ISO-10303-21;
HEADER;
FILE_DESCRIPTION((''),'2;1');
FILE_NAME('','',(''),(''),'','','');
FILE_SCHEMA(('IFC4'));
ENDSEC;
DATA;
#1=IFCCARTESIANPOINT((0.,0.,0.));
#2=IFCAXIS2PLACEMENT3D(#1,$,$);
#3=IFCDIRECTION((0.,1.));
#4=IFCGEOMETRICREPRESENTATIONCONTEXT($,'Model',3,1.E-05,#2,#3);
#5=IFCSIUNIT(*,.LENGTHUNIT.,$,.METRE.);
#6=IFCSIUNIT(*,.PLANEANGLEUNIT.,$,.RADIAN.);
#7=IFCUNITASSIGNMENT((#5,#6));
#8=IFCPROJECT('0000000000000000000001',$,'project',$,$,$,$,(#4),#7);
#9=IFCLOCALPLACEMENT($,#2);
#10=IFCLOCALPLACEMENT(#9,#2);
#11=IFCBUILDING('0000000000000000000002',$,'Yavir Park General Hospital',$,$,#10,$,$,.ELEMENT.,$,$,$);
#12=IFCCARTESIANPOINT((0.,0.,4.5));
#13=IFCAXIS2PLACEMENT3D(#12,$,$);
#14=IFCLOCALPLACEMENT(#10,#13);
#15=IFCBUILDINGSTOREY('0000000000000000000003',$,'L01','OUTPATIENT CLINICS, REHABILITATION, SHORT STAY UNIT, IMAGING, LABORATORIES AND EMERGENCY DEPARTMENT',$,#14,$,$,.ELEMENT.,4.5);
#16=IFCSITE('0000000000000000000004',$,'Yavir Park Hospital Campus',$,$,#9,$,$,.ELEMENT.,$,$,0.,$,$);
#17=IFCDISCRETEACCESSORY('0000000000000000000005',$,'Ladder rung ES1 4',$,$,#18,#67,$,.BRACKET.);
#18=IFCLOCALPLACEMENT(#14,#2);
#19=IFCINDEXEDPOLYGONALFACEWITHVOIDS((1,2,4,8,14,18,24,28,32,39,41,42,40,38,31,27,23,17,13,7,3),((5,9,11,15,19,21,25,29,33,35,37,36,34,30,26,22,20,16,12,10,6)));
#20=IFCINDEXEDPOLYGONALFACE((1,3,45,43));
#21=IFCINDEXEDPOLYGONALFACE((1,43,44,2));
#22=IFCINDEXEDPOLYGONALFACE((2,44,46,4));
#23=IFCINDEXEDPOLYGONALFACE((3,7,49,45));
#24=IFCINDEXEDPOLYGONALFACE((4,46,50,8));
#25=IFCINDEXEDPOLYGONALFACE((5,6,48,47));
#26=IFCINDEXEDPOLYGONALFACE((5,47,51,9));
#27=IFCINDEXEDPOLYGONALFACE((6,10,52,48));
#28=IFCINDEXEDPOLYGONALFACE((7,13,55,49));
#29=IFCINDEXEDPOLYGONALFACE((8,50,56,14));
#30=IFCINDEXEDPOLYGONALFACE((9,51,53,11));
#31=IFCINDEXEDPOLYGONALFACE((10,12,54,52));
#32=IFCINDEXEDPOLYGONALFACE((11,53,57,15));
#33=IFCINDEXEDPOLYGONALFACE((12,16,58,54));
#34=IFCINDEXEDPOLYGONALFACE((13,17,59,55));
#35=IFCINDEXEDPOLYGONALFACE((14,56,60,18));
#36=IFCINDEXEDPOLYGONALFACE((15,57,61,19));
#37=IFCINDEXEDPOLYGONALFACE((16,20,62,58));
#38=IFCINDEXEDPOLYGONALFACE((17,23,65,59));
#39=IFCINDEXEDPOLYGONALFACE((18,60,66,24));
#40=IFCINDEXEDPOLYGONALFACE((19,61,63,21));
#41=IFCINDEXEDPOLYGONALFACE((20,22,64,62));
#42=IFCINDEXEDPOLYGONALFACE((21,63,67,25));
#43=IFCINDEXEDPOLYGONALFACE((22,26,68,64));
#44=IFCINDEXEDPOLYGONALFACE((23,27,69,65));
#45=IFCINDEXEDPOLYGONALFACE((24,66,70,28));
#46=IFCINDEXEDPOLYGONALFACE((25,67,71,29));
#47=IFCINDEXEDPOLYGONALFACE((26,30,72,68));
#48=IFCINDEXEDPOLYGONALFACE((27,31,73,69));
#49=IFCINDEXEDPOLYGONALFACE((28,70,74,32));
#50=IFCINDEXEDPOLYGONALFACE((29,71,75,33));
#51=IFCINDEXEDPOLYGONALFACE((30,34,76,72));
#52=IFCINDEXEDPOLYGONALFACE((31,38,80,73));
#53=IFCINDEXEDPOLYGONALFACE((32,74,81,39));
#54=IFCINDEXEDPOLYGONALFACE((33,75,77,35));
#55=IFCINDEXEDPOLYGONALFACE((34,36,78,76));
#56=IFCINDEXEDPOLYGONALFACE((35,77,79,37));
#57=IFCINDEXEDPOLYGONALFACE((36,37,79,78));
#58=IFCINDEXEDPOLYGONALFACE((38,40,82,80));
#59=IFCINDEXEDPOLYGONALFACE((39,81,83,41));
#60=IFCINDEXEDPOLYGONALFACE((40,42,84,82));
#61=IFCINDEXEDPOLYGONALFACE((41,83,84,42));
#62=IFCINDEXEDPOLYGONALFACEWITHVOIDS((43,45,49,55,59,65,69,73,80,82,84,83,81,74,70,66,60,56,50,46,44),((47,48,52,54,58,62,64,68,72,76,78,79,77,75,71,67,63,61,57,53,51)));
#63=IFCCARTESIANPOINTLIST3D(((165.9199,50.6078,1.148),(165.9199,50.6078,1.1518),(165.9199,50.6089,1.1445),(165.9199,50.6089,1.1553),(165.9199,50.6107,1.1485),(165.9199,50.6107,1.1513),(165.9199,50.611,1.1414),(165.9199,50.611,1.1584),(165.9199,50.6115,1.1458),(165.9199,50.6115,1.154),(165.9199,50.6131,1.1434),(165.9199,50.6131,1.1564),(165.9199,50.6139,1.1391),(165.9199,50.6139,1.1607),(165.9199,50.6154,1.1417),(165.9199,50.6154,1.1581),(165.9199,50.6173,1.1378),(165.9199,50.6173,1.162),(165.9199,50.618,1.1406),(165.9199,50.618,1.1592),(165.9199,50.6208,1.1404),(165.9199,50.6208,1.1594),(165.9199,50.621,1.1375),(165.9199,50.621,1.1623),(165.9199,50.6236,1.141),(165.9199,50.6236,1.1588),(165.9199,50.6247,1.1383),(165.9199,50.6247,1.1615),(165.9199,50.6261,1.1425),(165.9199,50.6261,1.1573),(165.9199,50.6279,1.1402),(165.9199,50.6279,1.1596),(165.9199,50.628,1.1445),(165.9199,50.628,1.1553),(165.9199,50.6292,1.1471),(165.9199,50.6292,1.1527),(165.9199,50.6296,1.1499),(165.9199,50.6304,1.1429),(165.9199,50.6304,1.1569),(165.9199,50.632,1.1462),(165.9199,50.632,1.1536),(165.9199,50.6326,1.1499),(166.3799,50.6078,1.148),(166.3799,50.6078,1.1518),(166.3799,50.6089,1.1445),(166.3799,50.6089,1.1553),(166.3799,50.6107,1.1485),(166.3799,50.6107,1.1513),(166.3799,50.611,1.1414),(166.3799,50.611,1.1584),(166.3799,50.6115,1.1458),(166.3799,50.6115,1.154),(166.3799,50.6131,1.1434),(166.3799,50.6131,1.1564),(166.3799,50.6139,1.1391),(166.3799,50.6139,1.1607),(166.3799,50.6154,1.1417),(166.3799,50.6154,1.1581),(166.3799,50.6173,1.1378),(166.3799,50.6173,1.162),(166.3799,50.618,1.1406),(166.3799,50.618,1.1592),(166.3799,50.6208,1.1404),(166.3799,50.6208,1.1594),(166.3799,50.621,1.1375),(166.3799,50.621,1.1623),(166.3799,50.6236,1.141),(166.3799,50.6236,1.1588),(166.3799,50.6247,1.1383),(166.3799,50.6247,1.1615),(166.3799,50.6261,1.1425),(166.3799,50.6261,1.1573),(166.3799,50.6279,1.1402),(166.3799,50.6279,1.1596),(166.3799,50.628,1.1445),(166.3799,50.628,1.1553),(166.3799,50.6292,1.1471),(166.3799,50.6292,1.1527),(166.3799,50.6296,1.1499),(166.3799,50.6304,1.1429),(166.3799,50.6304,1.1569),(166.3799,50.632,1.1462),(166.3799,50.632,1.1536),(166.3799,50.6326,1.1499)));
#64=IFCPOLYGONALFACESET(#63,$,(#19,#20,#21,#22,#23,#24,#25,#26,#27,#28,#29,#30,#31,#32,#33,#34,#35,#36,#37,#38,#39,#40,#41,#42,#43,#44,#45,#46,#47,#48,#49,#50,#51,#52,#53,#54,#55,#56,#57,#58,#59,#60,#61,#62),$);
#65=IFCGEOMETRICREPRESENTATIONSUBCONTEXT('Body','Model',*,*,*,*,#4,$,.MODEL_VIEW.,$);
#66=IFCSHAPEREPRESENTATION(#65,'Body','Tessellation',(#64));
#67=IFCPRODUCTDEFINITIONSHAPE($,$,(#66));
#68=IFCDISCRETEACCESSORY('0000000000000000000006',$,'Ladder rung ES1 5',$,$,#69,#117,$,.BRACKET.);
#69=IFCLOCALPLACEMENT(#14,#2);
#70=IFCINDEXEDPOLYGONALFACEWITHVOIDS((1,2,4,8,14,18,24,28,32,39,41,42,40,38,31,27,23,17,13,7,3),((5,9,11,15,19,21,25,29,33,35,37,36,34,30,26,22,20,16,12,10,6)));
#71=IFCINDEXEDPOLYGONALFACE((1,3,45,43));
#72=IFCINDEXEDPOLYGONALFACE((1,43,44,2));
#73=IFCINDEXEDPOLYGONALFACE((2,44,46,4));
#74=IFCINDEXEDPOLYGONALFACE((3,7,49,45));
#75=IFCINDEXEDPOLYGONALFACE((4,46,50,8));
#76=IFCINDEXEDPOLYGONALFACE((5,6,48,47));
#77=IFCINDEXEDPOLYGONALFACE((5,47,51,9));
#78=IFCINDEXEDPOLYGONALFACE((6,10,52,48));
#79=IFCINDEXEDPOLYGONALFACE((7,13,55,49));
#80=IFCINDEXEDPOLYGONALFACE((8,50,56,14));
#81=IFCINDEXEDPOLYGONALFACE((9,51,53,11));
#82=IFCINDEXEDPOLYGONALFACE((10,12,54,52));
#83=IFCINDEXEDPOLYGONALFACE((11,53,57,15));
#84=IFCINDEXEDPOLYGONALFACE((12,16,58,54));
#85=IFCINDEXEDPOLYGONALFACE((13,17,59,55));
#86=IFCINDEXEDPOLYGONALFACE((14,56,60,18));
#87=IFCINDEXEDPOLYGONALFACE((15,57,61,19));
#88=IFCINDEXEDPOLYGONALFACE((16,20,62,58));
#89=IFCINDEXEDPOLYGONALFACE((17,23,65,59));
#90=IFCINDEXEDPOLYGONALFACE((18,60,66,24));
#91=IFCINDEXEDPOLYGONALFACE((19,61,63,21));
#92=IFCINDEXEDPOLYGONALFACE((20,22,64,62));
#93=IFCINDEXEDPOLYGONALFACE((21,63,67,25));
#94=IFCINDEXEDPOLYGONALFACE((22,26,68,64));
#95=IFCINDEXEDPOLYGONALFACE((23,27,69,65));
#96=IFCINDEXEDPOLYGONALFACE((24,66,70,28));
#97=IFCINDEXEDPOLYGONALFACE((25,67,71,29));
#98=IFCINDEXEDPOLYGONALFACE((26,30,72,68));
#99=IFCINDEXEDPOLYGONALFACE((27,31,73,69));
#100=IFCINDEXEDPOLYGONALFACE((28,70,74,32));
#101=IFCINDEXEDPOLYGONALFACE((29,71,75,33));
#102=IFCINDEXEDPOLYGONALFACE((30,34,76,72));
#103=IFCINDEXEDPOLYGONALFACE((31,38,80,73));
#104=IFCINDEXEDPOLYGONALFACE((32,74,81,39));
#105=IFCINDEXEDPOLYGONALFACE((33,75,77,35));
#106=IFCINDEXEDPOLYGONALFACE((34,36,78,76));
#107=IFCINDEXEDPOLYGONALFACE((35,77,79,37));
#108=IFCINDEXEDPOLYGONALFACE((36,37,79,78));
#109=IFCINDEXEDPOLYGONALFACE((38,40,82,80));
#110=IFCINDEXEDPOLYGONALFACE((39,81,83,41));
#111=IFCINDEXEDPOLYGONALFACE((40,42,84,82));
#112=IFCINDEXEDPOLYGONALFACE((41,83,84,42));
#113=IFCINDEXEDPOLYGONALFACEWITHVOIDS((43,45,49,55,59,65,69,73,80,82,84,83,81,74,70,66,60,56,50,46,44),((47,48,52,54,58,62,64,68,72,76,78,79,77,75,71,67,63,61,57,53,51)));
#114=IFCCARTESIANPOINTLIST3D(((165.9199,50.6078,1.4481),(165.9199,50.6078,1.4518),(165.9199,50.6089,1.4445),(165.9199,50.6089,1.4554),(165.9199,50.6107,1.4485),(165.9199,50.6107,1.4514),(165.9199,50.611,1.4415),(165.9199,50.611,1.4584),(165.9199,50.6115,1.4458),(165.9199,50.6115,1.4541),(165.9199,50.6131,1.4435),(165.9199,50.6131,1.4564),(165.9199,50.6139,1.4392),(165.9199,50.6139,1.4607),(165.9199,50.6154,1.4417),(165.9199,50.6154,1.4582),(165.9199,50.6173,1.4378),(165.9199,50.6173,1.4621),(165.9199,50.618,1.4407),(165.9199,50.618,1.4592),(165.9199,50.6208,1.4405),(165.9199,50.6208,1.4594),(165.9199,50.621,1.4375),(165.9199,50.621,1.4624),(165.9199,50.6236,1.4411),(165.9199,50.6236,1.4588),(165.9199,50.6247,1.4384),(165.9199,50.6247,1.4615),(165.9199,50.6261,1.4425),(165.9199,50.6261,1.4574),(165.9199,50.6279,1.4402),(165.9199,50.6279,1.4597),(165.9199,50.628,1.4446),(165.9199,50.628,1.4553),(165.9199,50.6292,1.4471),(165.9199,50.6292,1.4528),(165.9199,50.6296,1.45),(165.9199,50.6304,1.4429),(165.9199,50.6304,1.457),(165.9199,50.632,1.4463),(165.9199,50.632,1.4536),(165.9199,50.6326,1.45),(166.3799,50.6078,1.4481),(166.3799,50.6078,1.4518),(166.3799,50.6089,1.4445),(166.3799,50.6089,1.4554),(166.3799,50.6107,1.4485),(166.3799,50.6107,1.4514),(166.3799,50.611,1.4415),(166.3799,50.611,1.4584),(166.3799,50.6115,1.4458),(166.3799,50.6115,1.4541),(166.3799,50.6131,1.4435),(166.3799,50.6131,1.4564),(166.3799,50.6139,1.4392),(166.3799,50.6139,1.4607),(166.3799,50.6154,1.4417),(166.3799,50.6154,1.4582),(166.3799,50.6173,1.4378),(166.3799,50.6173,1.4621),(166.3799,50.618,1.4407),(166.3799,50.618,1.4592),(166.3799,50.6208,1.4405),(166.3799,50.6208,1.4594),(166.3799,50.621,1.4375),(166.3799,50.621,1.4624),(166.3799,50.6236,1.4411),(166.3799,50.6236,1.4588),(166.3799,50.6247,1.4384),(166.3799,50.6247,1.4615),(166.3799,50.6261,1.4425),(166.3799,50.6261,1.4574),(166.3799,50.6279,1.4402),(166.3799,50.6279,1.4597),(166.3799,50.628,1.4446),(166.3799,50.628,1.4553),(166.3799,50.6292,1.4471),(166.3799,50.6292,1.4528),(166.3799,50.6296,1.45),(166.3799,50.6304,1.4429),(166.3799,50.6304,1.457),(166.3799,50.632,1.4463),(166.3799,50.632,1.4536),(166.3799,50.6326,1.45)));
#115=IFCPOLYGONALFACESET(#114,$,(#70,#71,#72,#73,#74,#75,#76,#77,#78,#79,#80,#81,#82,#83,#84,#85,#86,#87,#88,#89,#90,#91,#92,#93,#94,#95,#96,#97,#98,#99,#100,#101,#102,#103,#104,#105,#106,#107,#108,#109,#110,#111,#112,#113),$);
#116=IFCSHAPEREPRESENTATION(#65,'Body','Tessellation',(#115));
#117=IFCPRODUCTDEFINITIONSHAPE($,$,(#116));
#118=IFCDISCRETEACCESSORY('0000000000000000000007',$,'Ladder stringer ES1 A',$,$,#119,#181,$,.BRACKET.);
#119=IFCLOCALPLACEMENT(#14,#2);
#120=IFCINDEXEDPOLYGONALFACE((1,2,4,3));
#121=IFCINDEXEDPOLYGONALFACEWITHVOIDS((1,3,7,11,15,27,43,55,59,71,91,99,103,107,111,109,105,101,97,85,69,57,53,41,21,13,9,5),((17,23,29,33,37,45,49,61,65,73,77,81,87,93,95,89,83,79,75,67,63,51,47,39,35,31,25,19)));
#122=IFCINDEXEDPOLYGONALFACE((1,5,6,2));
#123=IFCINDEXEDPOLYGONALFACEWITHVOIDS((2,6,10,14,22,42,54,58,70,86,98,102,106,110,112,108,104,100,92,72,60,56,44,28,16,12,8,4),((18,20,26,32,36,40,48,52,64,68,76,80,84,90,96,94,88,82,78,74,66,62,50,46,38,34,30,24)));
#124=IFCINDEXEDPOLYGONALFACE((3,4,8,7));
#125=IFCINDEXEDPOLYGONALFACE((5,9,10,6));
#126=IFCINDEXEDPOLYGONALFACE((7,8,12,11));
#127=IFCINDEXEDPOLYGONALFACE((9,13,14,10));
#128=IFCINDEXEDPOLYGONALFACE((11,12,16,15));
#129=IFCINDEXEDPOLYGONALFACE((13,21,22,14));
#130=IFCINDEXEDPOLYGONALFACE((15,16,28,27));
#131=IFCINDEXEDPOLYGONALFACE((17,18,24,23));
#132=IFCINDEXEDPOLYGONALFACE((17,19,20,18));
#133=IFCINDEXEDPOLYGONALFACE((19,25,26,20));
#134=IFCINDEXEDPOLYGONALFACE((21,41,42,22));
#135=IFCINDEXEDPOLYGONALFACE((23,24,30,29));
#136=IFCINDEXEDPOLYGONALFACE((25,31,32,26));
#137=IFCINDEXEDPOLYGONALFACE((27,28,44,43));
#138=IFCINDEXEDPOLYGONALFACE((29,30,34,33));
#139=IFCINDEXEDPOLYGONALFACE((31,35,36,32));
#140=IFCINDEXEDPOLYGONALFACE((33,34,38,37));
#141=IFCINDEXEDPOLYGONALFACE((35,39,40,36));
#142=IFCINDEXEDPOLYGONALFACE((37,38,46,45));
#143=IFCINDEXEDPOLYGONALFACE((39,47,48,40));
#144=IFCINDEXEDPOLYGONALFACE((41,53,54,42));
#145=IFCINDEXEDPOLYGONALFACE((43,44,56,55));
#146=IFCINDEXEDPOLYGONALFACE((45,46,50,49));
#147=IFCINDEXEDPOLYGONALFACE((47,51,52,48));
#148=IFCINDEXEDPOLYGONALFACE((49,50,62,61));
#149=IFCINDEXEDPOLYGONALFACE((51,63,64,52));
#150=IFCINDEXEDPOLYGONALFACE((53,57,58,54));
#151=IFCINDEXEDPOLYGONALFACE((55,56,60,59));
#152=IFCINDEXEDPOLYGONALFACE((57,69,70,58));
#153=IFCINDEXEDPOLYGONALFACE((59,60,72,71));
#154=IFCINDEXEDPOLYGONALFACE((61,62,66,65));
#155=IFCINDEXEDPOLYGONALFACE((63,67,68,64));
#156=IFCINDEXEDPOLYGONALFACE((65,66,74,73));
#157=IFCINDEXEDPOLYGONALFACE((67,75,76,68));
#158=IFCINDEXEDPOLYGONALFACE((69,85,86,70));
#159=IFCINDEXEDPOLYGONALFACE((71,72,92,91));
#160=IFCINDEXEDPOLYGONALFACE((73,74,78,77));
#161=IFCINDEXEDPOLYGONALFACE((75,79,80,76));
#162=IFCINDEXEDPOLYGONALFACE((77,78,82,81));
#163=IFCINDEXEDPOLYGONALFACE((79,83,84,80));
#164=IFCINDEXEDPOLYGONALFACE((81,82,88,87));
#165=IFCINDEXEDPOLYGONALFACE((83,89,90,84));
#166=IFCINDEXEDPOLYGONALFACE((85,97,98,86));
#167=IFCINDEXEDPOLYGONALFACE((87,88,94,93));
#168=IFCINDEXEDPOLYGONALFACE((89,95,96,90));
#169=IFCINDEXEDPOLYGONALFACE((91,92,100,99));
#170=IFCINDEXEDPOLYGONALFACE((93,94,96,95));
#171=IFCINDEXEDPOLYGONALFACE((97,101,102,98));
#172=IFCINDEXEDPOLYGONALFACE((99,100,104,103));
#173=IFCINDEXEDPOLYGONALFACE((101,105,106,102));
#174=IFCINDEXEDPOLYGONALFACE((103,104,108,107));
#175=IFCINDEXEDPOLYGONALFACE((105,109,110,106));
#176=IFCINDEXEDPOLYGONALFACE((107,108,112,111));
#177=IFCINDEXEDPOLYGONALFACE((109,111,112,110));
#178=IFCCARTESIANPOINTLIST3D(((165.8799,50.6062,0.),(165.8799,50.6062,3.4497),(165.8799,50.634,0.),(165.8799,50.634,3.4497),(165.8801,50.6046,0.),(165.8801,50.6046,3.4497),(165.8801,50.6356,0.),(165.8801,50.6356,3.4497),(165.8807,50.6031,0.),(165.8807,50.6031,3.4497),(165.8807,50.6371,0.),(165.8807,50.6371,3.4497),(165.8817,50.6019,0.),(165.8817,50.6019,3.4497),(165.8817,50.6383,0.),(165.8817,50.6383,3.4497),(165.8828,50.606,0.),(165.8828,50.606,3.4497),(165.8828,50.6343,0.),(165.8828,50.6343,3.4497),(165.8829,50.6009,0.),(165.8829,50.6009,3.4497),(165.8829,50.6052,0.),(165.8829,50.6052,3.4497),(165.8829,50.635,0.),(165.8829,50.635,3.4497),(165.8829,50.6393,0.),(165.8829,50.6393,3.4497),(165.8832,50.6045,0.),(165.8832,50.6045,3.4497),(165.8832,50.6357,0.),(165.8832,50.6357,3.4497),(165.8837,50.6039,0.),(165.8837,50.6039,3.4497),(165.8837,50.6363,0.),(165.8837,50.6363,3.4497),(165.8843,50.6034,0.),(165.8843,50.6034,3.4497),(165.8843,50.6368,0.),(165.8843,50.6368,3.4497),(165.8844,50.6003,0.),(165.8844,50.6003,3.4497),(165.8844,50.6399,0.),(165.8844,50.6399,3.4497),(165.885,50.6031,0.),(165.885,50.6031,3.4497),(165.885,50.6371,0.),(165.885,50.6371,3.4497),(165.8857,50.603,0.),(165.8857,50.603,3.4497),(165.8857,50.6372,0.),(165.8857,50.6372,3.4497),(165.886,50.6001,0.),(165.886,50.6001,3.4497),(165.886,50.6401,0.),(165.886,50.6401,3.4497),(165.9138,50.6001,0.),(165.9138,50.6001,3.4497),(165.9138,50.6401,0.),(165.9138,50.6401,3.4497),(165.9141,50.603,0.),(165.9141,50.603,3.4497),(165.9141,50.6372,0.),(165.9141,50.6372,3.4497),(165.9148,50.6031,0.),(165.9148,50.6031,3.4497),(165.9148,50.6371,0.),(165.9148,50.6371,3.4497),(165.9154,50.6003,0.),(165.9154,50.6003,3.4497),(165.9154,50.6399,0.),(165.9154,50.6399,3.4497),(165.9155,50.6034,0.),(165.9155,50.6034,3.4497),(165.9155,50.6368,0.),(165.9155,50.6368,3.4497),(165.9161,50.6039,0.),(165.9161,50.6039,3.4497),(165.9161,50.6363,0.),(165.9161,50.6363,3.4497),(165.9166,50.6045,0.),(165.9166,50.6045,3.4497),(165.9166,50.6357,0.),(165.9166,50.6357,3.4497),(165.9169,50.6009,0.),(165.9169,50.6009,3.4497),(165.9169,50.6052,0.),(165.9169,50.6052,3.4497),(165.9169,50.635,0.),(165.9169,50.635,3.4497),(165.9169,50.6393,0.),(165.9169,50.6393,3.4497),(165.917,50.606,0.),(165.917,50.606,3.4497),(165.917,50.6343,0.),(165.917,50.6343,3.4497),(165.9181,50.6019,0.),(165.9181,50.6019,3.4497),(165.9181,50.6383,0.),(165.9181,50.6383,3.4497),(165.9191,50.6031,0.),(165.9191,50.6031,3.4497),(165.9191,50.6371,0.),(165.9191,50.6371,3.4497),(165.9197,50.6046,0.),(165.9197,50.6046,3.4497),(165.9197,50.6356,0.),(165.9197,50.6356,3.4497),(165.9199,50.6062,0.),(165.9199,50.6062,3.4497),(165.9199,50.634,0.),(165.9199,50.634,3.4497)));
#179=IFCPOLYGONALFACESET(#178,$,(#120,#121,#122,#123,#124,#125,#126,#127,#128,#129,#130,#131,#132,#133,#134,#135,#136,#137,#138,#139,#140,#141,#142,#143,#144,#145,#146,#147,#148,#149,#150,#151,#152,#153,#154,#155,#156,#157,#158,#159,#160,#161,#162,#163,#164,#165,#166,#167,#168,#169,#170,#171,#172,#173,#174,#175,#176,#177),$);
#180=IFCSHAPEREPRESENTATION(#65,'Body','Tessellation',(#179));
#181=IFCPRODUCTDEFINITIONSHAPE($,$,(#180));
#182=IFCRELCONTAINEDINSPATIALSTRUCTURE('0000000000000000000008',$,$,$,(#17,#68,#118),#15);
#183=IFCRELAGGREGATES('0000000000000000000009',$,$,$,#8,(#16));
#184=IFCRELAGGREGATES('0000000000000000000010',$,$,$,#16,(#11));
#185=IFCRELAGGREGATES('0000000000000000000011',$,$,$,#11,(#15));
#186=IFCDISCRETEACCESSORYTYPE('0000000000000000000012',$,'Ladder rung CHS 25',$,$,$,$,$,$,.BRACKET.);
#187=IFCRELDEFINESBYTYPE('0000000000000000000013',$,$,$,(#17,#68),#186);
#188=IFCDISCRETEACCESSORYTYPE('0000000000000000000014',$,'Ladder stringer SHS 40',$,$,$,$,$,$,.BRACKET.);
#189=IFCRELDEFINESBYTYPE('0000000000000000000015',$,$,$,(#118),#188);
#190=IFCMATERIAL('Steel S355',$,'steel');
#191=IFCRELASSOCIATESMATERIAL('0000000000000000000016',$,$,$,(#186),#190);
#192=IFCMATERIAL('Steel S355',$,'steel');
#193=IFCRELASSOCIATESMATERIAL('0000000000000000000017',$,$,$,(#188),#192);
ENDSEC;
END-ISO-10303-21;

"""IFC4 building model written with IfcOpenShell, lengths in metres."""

from ifc_helpers import new_model, si_unit, direction, frame, origin, origin_2d, place, context, subcontext, project, spatial, hollow_rectangle, hollow_circle, extrude, material, material_profile, profile_set, type_object, element, save


model = new_model("IFC4")

# Units and contexts
model_context = context("Model", 3, precision=1e-05, world=origin(), true_north=direction((0.0, 1.0)))
body_context = subcontext(model_context, "Body", "Model", "MODEL_VIEW")
ifc_project = project(units=[si_unit("LENGTHUNIT", "METRE"), si_unit("PLANEANGLEUNIT", "RADIAN")], contexts=[model_context])

# Site, building, storey
site_placement = place(None, origin())
site = spatial("IfcSite", under=ifc_project, at=site_placement, Name="Yavir Park Hospital Campus", CompositionType="ELEMENT", RefElevation=0.0)
building_placement = place(site_placement, origin())
building = spatial("IfcBuilding", under=site, at=building_placement, Name="Yavir Park General Hospital", CompositionType="ELEMENT")
storey_placement = place(building_placement, frame((0.0, 0.0, 4.5)))
storey = spatial("IfcBuildingStorey", under=building, at=storey_placement, Name="L01", Description="OUTPATIENT CLINICS, REHABILITATION, SHORT STAY UNIT, IMAGING, LABORATORIES AND EMERGENCY DEPARTMENT", CompositionType="ELEMENT", Elevation=4.5)

# Discrete accessories
ifc_material_1 = material(Name="Steel S355", Category="steel")
ifc_material_profile_1 = material_profile(ifc_material_1, hollow_circle(Radius=0.0125, WallThickness=0.0029, at=origin_2d()), Name="CHS25x3")
ifc_profile_set_1 = profile_set([ifc_material_profile_1], Name="Steel S355")
discrete_accessory_type_1 = type_object("IfcDiscreteAccessoryType", Name="Ladder rung CHS 25", PredefinedType="BRACKET", material=ifc_profile_set_1)
for number, where, z_axis, x_axis, name in (
    (1, (165.9199, 50.6201, 1.1499), (1.0, 0.0, 0.0), (0.0, 1.0, 0.0), "Ladder rung ES1 4"),
    (2, (165.9199, 50.6201, 1.45), (1.0, 0.0, 0.0), (0.0, 1.0, 0.0), "Ladder rung ES1 5"),
):
    element("IfcDiscreteAccessory", number, at=place(storey_placement, frame(where, z_axis=z_axis, x_axis=x_axis)), inside=storey, type_object=discrete_accessory_type_1, Name=name, PredefinedType="BRACKET", context=body_context, shape_type="SweptSolid", body=[
        extrude(hollow_circle(Radius=0.0125, WallThickness=0.0029, at=origin_2d()), origin(), (0.0, 0.0, 1.0), 0.46),
    ])
ifc_material_2 = material(Name="Steel S355", Category="steel")
ifc_material_profile_2 = material_profile(ifc_material_2, hollow_rectangle(XDim=0.04, YDim=0.04, WallThickness=0.0029, InnerFilletRadius=0.0029, OuterFilletRadius=0.0061, at=origin_2d()), Name="RHS40x40x3")
ifc_profile_set_2 = profile_set([ifc_material_profile_2], Name="Steel S355")
discrete_accessory_type_2 = type_object("IfcDiscreteAccessoryType", Name="Ladder stringer SHS 40", PredefinedType="BRACKET", material=ifc_profile_set_2)
discrete_accessory_placement = place(storey_placement, frame((165.8999, 50.6201, 0.0), z_axis=(0.0, 0.0, 1.0), x_axis=(1.0, 0.0, 0.0)))
element("IfcDiscreteAccessory", 3, at=discrete_accessory_placement, inside=storey, type_object=discrete_accessory_type_2, Name="Ladder stringer ES1 A", PredefinedType="BRACKET", context=body_context, shape_type="SweptSolid", body=[
    extrude(hollow_rectangle(XDim=0.04, YDim=0.04, WallThickness=0.0029, InnerFilletRadius=0.0029, OuterFilletRadius=0.0061, at=origin_2d()), origin(), (0.0, 0.0, 1.0), 3.4497),
])

save(model, "model.ifc")
